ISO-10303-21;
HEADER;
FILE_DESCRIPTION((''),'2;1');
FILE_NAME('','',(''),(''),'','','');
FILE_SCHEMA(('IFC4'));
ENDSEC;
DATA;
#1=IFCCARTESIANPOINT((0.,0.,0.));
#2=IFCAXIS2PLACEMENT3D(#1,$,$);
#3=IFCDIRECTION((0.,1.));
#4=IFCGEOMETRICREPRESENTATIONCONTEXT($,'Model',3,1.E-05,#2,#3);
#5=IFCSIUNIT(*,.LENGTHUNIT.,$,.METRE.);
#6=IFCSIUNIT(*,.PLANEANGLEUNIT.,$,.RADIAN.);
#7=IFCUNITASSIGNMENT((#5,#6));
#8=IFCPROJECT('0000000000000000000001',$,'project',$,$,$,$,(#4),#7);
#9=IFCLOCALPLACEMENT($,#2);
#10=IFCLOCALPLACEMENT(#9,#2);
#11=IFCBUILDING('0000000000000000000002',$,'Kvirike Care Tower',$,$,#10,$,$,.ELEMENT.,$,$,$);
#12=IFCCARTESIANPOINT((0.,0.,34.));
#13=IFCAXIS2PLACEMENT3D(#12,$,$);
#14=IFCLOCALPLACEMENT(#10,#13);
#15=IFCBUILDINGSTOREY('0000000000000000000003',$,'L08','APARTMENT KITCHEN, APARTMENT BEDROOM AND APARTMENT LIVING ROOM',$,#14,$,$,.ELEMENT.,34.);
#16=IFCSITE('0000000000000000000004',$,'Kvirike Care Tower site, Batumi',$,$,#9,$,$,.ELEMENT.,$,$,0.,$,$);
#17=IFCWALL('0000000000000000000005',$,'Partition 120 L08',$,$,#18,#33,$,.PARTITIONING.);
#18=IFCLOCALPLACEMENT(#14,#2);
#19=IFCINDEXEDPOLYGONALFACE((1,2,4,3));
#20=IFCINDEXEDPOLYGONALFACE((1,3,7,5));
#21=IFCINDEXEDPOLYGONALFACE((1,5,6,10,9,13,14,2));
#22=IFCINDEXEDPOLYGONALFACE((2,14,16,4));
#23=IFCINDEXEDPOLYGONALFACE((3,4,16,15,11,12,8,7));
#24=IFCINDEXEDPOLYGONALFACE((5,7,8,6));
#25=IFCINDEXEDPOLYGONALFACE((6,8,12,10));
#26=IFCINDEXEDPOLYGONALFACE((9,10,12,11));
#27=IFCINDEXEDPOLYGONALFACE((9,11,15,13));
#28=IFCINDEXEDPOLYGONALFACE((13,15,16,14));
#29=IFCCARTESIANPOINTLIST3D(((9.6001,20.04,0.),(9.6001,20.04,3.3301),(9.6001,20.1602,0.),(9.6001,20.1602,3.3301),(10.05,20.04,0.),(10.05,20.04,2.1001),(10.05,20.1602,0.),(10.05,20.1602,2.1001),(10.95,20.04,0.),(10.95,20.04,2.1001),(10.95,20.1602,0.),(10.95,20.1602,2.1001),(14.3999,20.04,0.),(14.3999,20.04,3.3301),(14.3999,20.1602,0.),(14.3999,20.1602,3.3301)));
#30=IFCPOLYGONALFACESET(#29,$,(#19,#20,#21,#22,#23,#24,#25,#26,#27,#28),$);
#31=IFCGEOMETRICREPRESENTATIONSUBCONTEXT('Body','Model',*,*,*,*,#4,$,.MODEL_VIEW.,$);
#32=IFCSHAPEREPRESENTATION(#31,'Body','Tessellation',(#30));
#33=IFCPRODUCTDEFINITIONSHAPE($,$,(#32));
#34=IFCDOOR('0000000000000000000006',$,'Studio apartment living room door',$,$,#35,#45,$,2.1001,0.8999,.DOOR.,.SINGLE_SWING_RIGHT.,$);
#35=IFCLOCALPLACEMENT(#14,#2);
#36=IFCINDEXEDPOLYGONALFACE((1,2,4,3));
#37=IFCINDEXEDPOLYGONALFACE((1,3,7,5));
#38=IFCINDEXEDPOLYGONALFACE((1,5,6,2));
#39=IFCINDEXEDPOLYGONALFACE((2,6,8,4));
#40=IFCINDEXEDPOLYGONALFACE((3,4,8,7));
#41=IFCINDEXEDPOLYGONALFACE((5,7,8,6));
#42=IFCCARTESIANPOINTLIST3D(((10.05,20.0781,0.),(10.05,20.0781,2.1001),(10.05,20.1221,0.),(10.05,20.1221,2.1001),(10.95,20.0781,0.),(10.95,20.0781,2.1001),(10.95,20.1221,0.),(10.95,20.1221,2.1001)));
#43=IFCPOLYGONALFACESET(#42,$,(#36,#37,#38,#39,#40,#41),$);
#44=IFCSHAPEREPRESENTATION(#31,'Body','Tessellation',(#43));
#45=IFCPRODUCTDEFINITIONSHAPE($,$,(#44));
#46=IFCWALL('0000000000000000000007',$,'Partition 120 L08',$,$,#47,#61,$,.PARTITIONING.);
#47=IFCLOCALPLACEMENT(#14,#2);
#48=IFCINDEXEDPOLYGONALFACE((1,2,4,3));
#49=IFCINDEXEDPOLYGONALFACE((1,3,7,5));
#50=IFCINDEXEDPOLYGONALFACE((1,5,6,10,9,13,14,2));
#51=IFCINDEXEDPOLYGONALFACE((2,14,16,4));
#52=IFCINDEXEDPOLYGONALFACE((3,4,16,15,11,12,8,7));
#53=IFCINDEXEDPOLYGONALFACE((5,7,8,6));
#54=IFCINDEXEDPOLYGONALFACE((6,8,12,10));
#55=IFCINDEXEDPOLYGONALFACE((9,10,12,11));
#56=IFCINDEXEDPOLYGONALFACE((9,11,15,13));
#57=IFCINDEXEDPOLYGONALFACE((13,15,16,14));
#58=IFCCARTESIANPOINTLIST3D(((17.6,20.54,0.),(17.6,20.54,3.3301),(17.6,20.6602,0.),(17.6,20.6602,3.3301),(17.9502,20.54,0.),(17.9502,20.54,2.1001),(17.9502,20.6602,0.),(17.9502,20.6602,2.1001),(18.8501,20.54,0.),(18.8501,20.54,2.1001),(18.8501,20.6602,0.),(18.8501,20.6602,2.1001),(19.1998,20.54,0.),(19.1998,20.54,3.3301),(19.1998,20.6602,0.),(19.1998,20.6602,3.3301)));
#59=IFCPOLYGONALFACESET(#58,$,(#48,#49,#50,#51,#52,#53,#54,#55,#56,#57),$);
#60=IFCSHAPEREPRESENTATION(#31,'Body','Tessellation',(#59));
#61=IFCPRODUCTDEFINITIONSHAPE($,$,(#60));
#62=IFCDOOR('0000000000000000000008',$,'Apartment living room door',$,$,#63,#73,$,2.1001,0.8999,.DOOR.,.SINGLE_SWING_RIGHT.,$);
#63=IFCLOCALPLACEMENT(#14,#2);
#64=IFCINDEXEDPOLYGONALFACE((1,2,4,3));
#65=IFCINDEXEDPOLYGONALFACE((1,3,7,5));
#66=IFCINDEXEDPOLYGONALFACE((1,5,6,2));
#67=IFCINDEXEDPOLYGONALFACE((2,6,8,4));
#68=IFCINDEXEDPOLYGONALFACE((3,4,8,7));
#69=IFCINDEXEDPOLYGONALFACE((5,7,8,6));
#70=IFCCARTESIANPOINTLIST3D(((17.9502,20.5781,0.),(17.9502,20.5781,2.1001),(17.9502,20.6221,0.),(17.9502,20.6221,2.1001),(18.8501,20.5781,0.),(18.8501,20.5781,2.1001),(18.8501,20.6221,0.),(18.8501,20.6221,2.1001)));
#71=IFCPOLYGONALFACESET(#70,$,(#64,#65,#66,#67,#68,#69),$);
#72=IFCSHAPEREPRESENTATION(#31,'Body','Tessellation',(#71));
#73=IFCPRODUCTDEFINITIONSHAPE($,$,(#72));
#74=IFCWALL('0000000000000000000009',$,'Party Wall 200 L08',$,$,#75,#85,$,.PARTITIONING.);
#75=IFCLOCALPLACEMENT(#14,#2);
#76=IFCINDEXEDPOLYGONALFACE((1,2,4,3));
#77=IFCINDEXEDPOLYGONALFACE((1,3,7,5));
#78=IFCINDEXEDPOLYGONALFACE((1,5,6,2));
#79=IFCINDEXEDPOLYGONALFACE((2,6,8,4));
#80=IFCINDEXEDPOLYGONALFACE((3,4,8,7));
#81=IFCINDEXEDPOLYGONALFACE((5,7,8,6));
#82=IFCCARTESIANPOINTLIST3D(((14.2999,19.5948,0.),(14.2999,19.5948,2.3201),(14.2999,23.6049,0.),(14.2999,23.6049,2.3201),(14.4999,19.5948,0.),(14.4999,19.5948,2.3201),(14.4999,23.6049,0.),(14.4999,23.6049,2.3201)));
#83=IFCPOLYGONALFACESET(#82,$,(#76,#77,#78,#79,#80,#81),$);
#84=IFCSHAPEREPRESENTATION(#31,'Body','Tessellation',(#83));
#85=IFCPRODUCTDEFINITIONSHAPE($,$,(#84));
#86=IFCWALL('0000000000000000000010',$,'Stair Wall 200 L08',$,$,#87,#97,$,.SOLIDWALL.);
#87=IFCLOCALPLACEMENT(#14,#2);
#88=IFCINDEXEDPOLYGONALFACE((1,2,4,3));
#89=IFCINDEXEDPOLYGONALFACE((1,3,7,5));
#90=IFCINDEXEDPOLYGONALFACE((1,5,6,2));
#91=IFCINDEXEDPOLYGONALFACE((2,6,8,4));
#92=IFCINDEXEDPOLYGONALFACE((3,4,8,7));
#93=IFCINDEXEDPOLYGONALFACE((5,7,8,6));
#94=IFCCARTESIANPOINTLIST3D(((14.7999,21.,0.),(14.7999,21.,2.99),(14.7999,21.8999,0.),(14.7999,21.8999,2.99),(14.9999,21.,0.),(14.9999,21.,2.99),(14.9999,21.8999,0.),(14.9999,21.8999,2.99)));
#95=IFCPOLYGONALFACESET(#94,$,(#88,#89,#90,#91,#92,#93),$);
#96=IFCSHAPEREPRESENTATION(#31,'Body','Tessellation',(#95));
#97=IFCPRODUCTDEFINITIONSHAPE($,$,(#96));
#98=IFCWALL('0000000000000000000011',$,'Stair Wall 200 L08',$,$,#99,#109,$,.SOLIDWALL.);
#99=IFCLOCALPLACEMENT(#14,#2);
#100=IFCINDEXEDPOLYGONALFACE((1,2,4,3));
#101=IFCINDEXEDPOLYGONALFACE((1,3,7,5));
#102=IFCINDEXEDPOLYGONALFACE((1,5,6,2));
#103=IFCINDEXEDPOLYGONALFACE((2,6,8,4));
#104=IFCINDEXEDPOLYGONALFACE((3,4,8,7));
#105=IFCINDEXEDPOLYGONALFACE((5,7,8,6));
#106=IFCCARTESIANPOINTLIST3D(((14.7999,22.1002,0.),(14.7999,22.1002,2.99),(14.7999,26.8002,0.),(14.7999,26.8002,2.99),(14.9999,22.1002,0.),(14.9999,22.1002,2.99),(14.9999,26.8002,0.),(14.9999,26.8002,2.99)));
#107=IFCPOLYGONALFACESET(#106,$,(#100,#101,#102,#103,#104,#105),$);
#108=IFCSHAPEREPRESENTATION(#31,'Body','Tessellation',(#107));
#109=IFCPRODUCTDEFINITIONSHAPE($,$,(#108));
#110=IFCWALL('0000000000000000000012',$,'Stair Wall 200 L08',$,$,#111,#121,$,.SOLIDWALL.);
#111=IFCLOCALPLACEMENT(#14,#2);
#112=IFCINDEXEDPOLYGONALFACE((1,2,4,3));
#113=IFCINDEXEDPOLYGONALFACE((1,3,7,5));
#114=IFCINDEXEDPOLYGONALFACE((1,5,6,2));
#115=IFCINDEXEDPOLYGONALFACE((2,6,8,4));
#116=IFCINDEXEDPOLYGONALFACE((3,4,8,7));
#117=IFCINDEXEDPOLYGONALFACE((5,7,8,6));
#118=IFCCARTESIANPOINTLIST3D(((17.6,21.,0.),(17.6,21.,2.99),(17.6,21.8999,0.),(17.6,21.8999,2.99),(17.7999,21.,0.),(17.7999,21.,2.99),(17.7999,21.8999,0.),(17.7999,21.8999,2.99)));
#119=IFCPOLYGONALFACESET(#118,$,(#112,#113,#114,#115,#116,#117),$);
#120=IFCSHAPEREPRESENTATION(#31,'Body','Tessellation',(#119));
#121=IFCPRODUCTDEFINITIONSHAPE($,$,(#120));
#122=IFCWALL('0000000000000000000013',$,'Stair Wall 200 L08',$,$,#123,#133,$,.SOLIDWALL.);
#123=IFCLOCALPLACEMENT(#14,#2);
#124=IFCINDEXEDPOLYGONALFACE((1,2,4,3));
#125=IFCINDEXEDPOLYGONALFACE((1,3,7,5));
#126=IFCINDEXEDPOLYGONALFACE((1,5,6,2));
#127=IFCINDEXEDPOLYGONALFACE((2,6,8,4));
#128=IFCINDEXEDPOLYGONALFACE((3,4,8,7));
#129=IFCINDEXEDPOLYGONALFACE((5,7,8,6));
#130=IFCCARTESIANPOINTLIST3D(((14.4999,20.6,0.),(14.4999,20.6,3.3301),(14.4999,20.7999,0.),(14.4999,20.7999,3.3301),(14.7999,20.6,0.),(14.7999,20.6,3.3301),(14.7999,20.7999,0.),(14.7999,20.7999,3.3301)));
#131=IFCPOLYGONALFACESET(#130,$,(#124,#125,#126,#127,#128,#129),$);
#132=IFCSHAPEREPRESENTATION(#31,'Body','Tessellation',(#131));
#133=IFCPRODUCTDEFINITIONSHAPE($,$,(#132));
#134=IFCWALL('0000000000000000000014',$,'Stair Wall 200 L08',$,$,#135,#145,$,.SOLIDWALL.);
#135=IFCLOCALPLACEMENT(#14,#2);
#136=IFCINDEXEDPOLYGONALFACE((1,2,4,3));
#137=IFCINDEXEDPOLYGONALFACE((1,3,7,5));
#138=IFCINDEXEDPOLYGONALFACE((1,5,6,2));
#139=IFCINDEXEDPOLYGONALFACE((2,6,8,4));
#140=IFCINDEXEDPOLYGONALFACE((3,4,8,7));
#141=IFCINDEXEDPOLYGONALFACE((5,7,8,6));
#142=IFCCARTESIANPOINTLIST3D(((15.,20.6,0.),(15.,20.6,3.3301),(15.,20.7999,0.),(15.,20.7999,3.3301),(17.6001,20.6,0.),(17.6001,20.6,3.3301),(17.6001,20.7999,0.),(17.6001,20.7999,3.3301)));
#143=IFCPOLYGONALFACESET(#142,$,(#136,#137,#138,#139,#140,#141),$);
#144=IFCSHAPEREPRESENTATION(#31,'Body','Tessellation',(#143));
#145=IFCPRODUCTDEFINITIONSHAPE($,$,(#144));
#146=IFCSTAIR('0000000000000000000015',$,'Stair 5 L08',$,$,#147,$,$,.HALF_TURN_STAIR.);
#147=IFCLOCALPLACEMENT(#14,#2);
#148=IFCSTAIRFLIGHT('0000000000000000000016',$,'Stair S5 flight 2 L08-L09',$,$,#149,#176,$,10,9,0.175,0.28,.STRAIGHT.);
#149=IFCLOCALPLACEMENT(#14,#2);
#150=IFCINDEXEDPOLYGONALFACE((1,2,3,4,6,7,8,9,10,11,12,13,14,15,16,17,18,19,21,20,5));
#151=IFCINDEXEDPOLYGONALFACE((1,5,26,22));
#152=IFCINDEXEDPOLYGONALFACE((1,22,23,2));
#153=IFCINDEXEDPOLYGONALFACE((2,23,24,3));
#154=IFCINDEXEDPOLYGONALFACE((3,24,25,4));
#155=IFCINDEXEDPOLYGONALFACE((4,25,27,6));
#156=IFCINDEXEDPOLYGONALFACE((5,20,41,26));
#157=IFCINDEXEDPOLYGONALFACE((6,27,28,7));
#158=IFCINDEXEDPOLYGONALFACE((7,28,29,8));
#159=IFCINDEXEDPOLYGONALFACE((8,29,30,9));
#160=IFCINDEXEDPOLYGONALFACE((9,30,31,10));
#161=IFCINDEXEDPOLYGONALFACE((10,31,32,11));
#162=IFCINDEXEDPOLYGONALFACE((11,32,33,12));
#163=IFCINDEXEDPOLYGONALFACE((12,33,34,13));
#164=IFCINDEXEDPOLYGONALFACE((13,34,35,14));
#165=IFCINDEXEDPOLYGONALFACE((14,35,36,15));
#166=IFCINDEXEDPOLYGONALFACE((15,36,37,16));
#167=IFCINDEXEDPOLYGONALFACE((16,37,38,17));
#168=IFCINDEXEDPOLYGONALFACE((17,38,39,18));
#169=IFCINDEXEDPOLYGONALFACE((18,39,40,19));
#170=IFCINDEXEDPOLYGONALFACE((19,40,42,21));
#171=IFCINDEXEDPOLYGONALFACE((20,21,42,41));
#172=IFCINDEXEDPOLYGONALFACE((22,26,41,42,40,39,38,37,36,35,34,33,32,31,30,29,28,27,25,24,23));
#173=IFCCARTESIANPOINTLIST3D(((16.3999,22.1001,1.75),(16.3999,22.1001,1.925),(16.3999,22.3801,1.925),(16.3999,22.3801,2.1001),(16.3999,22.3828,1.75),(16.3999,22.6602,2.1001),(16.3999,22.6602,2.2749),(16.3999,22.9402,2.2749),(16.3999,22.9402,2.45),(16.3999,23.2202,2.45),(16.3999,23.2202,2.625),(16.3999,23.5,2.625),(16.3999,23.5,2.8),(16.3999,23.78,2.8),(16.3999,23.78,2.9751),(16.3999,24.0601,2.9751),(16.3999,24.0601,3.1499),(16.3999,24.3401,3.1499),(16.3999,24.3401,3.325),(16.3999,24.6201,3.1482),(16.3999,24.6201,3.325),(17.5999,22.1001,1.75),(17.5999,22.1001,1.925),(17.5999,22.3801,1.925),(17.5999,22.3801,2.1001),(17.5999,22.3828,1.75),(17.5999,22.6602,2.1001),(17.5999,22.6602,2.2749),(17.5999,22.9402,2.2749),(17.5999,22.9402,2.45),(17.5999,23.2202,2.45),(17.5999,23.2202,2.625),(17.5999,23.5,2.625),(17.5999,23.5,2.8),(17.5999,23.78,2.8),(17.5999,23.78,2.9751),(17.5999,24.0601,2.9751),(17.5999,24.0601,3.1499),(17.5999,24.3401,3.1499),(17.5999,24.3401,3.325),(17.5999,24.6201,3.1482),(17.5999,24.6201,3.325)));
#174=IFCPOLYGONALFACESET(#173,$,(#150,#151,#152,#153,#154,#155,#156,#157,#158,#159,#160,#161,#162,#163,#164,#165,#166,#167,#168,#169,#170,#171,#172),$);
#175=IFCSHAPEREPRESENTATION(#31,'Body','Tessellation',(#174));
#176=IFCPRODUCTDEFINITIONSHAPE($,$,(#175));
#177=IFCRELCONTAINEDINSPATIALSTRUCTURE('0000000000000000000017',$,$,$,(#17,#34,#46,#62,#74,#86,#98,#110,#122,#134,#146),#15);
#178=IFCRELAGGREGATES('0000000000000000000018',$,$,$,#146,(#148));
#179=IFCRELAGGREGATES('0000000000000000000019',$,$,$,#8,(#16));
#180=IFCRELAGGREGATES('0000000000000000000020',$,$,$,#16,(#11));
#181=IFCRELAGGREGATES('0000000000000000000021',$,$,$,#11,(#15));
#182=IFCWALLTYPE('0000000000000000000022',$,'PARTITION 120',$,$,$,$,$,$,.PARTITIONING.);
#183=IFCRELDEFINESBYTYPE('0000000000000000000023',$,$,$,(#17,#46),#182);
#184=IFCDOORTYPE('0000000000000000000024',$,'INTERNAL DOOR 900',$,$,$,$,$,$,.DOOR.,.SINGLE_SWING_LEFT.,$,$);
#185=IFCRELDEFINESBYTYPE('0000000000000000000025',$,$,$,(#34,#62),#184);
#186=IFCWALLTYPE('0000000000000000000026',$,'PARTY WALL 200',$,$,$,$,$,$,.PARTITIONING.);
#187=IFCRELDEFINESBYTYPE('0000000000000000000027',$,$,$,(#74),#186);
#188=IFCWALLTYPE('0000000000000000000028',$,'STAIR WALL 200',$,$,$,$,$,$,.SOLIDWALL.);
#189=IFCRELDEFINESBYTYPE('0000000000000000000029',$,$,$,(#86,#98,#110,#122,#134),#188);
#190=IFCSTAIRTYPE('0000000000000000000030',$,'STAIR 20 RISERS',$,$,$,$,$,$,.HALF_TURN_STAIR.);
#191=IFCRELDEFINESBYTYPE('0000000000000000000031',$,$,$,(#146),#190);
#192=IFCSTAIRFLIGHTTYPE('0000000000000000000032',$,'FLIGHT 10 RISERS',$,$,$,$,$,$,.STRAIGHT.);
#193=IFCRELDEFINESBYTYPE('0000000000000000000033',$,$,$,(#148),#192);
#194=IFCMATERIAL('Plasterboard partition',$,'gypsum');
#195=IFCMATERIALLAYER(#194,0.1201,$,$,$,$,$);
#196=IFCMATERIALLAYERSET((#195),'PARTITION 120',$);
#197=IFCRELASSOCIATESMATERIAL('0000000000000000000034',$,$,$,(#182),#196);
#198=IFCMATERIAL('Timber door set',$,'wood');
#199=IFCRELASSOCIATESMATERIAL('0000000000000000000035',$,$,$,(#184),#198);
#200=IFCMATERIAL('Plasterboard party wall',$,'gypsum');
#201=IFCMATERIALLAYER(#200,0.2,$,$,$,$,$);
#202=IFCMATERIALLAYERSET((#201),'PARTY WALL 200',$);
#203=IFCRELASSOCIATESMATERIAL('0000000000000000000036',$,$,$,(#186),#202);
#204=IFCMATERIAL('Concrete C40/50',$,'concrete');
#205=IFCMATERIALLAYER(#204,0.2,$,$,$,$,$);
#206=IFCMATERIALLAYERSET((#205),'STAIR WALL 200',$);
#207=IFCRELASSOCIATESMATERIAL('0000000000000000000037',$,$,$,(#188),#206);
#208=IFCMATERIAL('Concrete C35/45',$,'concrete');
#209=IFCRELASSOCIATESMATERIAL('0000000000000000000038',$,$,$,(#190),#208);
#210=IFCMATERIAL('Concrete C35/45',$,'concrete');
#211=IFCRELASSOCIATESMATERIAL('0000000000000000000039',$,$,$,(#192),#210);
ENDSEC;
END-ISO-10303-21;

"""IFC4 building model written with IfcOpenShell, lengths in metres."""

from ifc_helpers import new_model, si_unit, direction, frame, frame_2d, origin, place, context, subcontext, project, spatial, polyline, rectangle, outline, extrude, material, layer, layer_set, type_object, element, fill, aggregate, save


model = new_model("IFC4")

# Units and contexts
model_context = context("Model", 3, precision=1e-05, world=origin(), true_north=direction((0.0, 1.0)))
body_context = subcontext(model_context, "Body", "Model", "MODEL_VIEW")
ifc_project = project(units=[si_unit("LENGTHUNIT", "METRE"), si_unit("PLANEANGLEUNIT", "RADIAN")], contexts=[model_context])

# Site, building, storey
site_placement = place(None, origin())
site = spatial("IfcSite", under=ifc_project, at=site_placement, Name="Kvirike Care Tower site, Batumi", CompositionType="ELEMENT", RefElevation=0.0)
building_placement = place(site_placement, origin())
building = spatial("IfcBuilding", under=site, at=building_placement, Name="Kvirike Care Tower", CompositionType="ELEMENT")
storey_placement = place(building_placement, frame((0.0, 0.0, 34.0)))
storey = spatial("IfcBuildingStorey", under=building, at=storey_placement, Name="L08", Description="APARTMENT KITCHEN, APARTMENT BEDROOM AND APARTMENT LIVING ROOM", CompositionType="ELEMENT", Elevation=34.0)

# Walls, openings, doors
ifc_material_1 = material(Name="Plasterboard partition", Category="gypsum")
ifc_layer_1 = layer(ifc_material_1, 0.1201)
ifc_layer_set_1 = layer_set([ifc_layer_1], Name="PARTITION 120")
wall_type_1 = type_object("IfcWallType", Name="PARTITION 120", PredefinedType="PARTITIONING", material=ifc_layer_set_1)
wall_1_placement = place(storey_placement, frame((9.6001, 20.1001, 0.0), z_axis=(0.0, 0.0, 1.0), x_axis=(1.0, 0.0, 0.0)))
wall_1 = element("IfcWall", 1, at=wall_1_placement, inside=storey, type_object=wall_type_1, Name="Partition 120 L08", PredefinedType="PARTITIONING", context=body_context, shape_type="SweptSolid", body=[
    extrude(rectangle(XDim=4.7998, YDim=0.1201, at=frame_2d((2.3999, 0.0))), origin(), (0.0, 0.0, 1.0), 3.3301),
])
opening_1_placement = place(wall_1_placement, frame((0.45, 0.0, 0.0)))
opening_1 = element("IfcOpeningElement", 2, at=opening_1_placement, cuts=wall_1, PredefinedType="OPENING", context=body_context, shape_type="SweptSolid", body=[
    extrude(rectangle(XDim=0.8999, YDim=2.1001, at=frame_2d((0.45, 1.05))), frame((0.0, 0.0706, 0.0), z_axis=(0.0, -1.0, 0.0), x_axis=(1.0, 0.0, 0.0)), (0.0, 0.0, 1.0), 0.1411),
])
ifc_material_2 = material(Name="Timber door set", Category="wood")
door_type_1 = type_object("IfcDoorType", Name="INTERNAL DOOR 900", OperationType="SINGLE_SWING_LEFT", PredefinedType="DOOR", material=ifc_material_2)
door_1_placement = place(opening_1_placement, origin())
door_1 = element("IfcDoor", 3, at=door_1_placement, inside=storey, type_object=door_type_1, Name="Studio apartment living room door", OperationType="SINGLE_SWING_RIGHT", OverallHeight=2.1001, OverallWidth=0.8999, PredefinedType="DOOR", context=body_context, shape_type="SweptSolid", body=[
    extrude(rectangle(XDim=0.8999, YDim=2.1001, at=frame_2d((0.45, 1.05))), frame((0.0, 0.022, 0.0), z_axis=(0.0, -1.0, 0.0), x_axis=(1.0, 0.0, 0.0)), (0.0, 0.0, 1.0), 0.0439),
])
fill(opening_1, door_1)
wall_2_placement = place(storey_placement, frame((17.6001, 20.6001, 0.0), z_axis=(0.0, 0.0, 1.0), x_axis=(1.0, 0.0, 0.0)))
wall_2 = element("IfcWall", 4, at=wall_2_placement, inside=storey, type_object=wall_type_1, Name="Partition 120 L08", PredefinedType="PARTITIONING", context=body_context, shape_type="SweptSolid", body=[
    extrude(rectangle(XDim=1.5999, YDim=0.1201, at=frame_2d((0.7998, 0.0))), origin(), (0.0, 0.0, 1.0), 3.3301),
])
opening_2_placement = place(wall_2_placement, frame((0.3501, 0.0, 0.0)))
opening_2 = element("IfcOpeningElement", 5, at=opening_2_placement, cuts=wall_2, PredefinedType="OPENING", context=body_context, shape_type="SweptSolid", body=[
    extrude(rectangle(XDim=0.8999, YDim=2.1001, at=frame_2d((0.45, 1.05))), frame((0.0, 0.0706, 0.0), z_axis=(0.0, -1.0, 0.0), x_axis=(1.0, 0.0, 0.0)), (0.0, 0.0, 1.0), 0.1411),
])
door_2_placement = place(opening_2_placement, origin())
door_2 = element("IfcDoor", 6, at=door_2_placement, inside=storey, type_object=door_type_1, Name="Apartment living room door", OperationType="SINGLE_SWING_RIGHT", OverallHeight=2.1001, OverallWidth=0.8999, PredefinedType="DOOR", context=body_context, shape_type="SweptSolid", body=[
    extrude(rectangle(XDim=0.8999, YDim=2.1001, at=frame_2d((0.45, 1.05))), frame((0.0, 0.022, 0.0), z_axis=(0.0, -1.0, 0.0), x_axis=(1.0, 0.0, 0.0)), (0.0, 0.0, 1.0), 0.0439),
])
fill(opening_2, door_2)

# Walls
ifc_material_3 = material(Name="Plasterboard party wall", Category="gypsum")
ifc_layer_2 = layer(ifc_material_3, 0.2)
ifc_layer_set_2 = layer_set([ifc_layer_2], Name="PARTY WALL 200")
wall_type_2 = type_object("IfcWallType", Name="PARTY WALL 200", PredefinedType="PARTITIONING", material=ifc_layer_set_2)
wall_3_placement = place(storey_placement, frame((14.3999, 19.595, 0.0), z_axis=(0.0, 0.0, 1.0), x_axis=(0.0, 1.0, 0.0)))
element("IfcWall", 7, at=wall_3_placement, inside=storey, type_object=wall_type_2, Name="Party Wall 200 L08", PredefinedType="PARTITIONING", context=body_context, shape_type="SweptSolid", body=[
    extrude(rectangle(XDim=4.01, YDim=0.2, at=frame_2d((2.0049, 0.0))), origin(), (0.0, 0.0, 1.0), 2.3201),
])
ifc_material_4 = material(Name="Concrete C40/50", Category="concrete")
ifc_layer_3 = layer(ifc_material_4, 0.2)
ifc_layer_set_3 = layer_set([ifc_layer_3], Name="STAIR WALL 200")
wall_type_3 = type_object("IfcWallType", Name="STAIR WALL 200", PredefinedType="SOLIDWALL", material=ifc_layer_set_3)
wall_4_placement = place(storey_placement, frame((14.8999, 21.0, 0.0), z_axis=(0.0, 0.0, 1.0), x_axis=(0.0, 1.0, 0.0)))
element("IfcWall", 8, at=wall_4_placement, inside=storey, type_object=wall_type_3, Name="Stair Wall 200 L08", PredefinedType="SOLIDWALL", context=body_context, shape_type="SweptSolid", body=[
    extrude(rectangle(XDim=0.8999, YDim=0.2, at=frame_2d((0.45, 0.0))), origin(), (0.0, 0.0, 1.0), 2.99),
])
wall_5_placement = place(storey_placement, frame((14.8999, 22.1001, 0.0), z_axis=(0.0, 0.0, 1.0), x_axis=(0.0, 1.0, 0.0)))
element("IfcWall", 9, at=wall_5_placement, inside=storey, type_object=wall_type_3, Name="Stair Wall 200 L08", PredefinedType="SOLIDWALL", context=body_context, shape_type="SweptSolid", body=[
    extrude(rectangle(XDim=4.7, YDim=0.2, at=frame_2d((2.3501, 0.0))), origin(), (0.0, 0.0, 1.0), 2.99),
])
wall_6_placement = place(storey_placement, frame((17.7, 21.0, 0.0), z_axis=(0.0, 0.0, 1.0), x_axis=(0.0, 1.0, 0.0)))
element("IfcWall", 10, at=wall_6_placement, inside=storey, type_object=wall_type_3, Name="Stair Wall 200 L08", PredefinedType="SOLIDWALL", context=body_context, shape_type="SweptSolid", body=[
    extrude(rectangle(XDim=0.8999, YDim=0.2, at=frame_2d((0.45, 0.0))), origin(), (0.0, 0.0, 1.0), 2.99),
])
wall_7_placement = place(storey_placement, frame((14.5, 20.7, 0.0), z_axis=(0.0, 0.0, 1.0), x_axis=(1.0, 0.0, 0.0)))
element("IfcWall", 11, at=wall_7_placement, inside=storey, type_object=wall_type_3, Name="Stair Wall 200 L08", PredefinedType="SOLIDWALL", context=body_context, shape_type="SweptSolid", body=[
    extrude(rectangle(XDim=0.3, YDim=0.2, at=frame_2d((0.1499, 0.0))), origin(), (0.0, 0.0, 1.0), 3.3301),
])
wall_8_placement = place(storey_placement, frame((15.0, 20.7, 0.0), z_axis=(0.0, 0.0, 1.0), x_axis=(1.0, 0.0, 0.0)))
element("IfcWall", 12, at=wall_8_placement, inside=storey, type_object=wall_type_3, Name="Stair Wall 200 L08", PredefinedType="SOLIDWALL", context=body_context, shape_type="SweptSolid", body=[
    extrude(rectangle(XDim=2.6001, YDim=0.2, at=frame_2d((1.3, 0.0))), origin(), (0.0, 0.0, 1.0), 3.3301),
])

# Stair, stair flight
ifc_material_5 = material(Name="Concrete C35/45", Category="concrete")
stair_type = type_object("IfcStairType", Name="STAIR 20 RISERS", PredefinedType="HALF_TURN_STAIR", material=ifc_material_5)
stair_placement = place(storey_placement, origin())
stair = element("IfcStair", 13, at=stair_placement, inside=storey, type_object=stair_type, Name="Stair 5 L08", PredefinedType="HALF_TURN_STAIR")
ifc_material_6 = material(Name="Concrete C35/45", Category="concrete")
stair_flight_type = type_object("IfcStairFlightType", Name="FLIGHT 10 RISERS", PredefinedType="STRAIGHT", material=ifc_material_6)
stair_flight_placement = place(storey_placement, frame((17.0, 22.1001, 1.75), z_axis=(0.0, 0.0, 1.0), x_axis=(0.0, 1.0, 0.0)))
stair_flight = element("IfcStairFlight", 14, at=stair_flight_placement, type_object=stair_flight_type, Name="Stair S5 flight 2 L08-L09", NumberOfRisers=10, NumberOfTreads=9, PredefinedType="STRAIGHT", RiserHeight=0.175, TreadLength=0.28, context=body_context, shape_type="SweptSolid", body=[
    extrude(outline(polyline([(0.0, 0.0), (0.0, 0.175), (0.28, 0.175), (0.28, 0.3501), (0.5601, 0.3501), (0.5601, 0.5249), (0.8401, 0.5249), (0.8401, 0.7), (1.1201, 0.7), (1.1201, 0.875), (1.3999, 0.875), (1.3999, 1.05), (1.6799, 1.05), (1.6799, 1.2251), (1.96, 1.2251), (1.96, 1.3999), (2.24, 1.3999), (2.24, 1.575), (2.52, 1.575), (2.52, 1.75), (2.52, 1.3982), (0.2827, 0.0), (0.0, 0.0)])), frame((0.0, 0.6001, 0.0), z_axis=(0.0, -1.0, 0.0), x_axis=(1.0, 0.0, 0.0)), (0.0, 0.0, 1.0), 1.2),
])
aggregate(stair, [stair_flight])

save(model, "model.ifc")
